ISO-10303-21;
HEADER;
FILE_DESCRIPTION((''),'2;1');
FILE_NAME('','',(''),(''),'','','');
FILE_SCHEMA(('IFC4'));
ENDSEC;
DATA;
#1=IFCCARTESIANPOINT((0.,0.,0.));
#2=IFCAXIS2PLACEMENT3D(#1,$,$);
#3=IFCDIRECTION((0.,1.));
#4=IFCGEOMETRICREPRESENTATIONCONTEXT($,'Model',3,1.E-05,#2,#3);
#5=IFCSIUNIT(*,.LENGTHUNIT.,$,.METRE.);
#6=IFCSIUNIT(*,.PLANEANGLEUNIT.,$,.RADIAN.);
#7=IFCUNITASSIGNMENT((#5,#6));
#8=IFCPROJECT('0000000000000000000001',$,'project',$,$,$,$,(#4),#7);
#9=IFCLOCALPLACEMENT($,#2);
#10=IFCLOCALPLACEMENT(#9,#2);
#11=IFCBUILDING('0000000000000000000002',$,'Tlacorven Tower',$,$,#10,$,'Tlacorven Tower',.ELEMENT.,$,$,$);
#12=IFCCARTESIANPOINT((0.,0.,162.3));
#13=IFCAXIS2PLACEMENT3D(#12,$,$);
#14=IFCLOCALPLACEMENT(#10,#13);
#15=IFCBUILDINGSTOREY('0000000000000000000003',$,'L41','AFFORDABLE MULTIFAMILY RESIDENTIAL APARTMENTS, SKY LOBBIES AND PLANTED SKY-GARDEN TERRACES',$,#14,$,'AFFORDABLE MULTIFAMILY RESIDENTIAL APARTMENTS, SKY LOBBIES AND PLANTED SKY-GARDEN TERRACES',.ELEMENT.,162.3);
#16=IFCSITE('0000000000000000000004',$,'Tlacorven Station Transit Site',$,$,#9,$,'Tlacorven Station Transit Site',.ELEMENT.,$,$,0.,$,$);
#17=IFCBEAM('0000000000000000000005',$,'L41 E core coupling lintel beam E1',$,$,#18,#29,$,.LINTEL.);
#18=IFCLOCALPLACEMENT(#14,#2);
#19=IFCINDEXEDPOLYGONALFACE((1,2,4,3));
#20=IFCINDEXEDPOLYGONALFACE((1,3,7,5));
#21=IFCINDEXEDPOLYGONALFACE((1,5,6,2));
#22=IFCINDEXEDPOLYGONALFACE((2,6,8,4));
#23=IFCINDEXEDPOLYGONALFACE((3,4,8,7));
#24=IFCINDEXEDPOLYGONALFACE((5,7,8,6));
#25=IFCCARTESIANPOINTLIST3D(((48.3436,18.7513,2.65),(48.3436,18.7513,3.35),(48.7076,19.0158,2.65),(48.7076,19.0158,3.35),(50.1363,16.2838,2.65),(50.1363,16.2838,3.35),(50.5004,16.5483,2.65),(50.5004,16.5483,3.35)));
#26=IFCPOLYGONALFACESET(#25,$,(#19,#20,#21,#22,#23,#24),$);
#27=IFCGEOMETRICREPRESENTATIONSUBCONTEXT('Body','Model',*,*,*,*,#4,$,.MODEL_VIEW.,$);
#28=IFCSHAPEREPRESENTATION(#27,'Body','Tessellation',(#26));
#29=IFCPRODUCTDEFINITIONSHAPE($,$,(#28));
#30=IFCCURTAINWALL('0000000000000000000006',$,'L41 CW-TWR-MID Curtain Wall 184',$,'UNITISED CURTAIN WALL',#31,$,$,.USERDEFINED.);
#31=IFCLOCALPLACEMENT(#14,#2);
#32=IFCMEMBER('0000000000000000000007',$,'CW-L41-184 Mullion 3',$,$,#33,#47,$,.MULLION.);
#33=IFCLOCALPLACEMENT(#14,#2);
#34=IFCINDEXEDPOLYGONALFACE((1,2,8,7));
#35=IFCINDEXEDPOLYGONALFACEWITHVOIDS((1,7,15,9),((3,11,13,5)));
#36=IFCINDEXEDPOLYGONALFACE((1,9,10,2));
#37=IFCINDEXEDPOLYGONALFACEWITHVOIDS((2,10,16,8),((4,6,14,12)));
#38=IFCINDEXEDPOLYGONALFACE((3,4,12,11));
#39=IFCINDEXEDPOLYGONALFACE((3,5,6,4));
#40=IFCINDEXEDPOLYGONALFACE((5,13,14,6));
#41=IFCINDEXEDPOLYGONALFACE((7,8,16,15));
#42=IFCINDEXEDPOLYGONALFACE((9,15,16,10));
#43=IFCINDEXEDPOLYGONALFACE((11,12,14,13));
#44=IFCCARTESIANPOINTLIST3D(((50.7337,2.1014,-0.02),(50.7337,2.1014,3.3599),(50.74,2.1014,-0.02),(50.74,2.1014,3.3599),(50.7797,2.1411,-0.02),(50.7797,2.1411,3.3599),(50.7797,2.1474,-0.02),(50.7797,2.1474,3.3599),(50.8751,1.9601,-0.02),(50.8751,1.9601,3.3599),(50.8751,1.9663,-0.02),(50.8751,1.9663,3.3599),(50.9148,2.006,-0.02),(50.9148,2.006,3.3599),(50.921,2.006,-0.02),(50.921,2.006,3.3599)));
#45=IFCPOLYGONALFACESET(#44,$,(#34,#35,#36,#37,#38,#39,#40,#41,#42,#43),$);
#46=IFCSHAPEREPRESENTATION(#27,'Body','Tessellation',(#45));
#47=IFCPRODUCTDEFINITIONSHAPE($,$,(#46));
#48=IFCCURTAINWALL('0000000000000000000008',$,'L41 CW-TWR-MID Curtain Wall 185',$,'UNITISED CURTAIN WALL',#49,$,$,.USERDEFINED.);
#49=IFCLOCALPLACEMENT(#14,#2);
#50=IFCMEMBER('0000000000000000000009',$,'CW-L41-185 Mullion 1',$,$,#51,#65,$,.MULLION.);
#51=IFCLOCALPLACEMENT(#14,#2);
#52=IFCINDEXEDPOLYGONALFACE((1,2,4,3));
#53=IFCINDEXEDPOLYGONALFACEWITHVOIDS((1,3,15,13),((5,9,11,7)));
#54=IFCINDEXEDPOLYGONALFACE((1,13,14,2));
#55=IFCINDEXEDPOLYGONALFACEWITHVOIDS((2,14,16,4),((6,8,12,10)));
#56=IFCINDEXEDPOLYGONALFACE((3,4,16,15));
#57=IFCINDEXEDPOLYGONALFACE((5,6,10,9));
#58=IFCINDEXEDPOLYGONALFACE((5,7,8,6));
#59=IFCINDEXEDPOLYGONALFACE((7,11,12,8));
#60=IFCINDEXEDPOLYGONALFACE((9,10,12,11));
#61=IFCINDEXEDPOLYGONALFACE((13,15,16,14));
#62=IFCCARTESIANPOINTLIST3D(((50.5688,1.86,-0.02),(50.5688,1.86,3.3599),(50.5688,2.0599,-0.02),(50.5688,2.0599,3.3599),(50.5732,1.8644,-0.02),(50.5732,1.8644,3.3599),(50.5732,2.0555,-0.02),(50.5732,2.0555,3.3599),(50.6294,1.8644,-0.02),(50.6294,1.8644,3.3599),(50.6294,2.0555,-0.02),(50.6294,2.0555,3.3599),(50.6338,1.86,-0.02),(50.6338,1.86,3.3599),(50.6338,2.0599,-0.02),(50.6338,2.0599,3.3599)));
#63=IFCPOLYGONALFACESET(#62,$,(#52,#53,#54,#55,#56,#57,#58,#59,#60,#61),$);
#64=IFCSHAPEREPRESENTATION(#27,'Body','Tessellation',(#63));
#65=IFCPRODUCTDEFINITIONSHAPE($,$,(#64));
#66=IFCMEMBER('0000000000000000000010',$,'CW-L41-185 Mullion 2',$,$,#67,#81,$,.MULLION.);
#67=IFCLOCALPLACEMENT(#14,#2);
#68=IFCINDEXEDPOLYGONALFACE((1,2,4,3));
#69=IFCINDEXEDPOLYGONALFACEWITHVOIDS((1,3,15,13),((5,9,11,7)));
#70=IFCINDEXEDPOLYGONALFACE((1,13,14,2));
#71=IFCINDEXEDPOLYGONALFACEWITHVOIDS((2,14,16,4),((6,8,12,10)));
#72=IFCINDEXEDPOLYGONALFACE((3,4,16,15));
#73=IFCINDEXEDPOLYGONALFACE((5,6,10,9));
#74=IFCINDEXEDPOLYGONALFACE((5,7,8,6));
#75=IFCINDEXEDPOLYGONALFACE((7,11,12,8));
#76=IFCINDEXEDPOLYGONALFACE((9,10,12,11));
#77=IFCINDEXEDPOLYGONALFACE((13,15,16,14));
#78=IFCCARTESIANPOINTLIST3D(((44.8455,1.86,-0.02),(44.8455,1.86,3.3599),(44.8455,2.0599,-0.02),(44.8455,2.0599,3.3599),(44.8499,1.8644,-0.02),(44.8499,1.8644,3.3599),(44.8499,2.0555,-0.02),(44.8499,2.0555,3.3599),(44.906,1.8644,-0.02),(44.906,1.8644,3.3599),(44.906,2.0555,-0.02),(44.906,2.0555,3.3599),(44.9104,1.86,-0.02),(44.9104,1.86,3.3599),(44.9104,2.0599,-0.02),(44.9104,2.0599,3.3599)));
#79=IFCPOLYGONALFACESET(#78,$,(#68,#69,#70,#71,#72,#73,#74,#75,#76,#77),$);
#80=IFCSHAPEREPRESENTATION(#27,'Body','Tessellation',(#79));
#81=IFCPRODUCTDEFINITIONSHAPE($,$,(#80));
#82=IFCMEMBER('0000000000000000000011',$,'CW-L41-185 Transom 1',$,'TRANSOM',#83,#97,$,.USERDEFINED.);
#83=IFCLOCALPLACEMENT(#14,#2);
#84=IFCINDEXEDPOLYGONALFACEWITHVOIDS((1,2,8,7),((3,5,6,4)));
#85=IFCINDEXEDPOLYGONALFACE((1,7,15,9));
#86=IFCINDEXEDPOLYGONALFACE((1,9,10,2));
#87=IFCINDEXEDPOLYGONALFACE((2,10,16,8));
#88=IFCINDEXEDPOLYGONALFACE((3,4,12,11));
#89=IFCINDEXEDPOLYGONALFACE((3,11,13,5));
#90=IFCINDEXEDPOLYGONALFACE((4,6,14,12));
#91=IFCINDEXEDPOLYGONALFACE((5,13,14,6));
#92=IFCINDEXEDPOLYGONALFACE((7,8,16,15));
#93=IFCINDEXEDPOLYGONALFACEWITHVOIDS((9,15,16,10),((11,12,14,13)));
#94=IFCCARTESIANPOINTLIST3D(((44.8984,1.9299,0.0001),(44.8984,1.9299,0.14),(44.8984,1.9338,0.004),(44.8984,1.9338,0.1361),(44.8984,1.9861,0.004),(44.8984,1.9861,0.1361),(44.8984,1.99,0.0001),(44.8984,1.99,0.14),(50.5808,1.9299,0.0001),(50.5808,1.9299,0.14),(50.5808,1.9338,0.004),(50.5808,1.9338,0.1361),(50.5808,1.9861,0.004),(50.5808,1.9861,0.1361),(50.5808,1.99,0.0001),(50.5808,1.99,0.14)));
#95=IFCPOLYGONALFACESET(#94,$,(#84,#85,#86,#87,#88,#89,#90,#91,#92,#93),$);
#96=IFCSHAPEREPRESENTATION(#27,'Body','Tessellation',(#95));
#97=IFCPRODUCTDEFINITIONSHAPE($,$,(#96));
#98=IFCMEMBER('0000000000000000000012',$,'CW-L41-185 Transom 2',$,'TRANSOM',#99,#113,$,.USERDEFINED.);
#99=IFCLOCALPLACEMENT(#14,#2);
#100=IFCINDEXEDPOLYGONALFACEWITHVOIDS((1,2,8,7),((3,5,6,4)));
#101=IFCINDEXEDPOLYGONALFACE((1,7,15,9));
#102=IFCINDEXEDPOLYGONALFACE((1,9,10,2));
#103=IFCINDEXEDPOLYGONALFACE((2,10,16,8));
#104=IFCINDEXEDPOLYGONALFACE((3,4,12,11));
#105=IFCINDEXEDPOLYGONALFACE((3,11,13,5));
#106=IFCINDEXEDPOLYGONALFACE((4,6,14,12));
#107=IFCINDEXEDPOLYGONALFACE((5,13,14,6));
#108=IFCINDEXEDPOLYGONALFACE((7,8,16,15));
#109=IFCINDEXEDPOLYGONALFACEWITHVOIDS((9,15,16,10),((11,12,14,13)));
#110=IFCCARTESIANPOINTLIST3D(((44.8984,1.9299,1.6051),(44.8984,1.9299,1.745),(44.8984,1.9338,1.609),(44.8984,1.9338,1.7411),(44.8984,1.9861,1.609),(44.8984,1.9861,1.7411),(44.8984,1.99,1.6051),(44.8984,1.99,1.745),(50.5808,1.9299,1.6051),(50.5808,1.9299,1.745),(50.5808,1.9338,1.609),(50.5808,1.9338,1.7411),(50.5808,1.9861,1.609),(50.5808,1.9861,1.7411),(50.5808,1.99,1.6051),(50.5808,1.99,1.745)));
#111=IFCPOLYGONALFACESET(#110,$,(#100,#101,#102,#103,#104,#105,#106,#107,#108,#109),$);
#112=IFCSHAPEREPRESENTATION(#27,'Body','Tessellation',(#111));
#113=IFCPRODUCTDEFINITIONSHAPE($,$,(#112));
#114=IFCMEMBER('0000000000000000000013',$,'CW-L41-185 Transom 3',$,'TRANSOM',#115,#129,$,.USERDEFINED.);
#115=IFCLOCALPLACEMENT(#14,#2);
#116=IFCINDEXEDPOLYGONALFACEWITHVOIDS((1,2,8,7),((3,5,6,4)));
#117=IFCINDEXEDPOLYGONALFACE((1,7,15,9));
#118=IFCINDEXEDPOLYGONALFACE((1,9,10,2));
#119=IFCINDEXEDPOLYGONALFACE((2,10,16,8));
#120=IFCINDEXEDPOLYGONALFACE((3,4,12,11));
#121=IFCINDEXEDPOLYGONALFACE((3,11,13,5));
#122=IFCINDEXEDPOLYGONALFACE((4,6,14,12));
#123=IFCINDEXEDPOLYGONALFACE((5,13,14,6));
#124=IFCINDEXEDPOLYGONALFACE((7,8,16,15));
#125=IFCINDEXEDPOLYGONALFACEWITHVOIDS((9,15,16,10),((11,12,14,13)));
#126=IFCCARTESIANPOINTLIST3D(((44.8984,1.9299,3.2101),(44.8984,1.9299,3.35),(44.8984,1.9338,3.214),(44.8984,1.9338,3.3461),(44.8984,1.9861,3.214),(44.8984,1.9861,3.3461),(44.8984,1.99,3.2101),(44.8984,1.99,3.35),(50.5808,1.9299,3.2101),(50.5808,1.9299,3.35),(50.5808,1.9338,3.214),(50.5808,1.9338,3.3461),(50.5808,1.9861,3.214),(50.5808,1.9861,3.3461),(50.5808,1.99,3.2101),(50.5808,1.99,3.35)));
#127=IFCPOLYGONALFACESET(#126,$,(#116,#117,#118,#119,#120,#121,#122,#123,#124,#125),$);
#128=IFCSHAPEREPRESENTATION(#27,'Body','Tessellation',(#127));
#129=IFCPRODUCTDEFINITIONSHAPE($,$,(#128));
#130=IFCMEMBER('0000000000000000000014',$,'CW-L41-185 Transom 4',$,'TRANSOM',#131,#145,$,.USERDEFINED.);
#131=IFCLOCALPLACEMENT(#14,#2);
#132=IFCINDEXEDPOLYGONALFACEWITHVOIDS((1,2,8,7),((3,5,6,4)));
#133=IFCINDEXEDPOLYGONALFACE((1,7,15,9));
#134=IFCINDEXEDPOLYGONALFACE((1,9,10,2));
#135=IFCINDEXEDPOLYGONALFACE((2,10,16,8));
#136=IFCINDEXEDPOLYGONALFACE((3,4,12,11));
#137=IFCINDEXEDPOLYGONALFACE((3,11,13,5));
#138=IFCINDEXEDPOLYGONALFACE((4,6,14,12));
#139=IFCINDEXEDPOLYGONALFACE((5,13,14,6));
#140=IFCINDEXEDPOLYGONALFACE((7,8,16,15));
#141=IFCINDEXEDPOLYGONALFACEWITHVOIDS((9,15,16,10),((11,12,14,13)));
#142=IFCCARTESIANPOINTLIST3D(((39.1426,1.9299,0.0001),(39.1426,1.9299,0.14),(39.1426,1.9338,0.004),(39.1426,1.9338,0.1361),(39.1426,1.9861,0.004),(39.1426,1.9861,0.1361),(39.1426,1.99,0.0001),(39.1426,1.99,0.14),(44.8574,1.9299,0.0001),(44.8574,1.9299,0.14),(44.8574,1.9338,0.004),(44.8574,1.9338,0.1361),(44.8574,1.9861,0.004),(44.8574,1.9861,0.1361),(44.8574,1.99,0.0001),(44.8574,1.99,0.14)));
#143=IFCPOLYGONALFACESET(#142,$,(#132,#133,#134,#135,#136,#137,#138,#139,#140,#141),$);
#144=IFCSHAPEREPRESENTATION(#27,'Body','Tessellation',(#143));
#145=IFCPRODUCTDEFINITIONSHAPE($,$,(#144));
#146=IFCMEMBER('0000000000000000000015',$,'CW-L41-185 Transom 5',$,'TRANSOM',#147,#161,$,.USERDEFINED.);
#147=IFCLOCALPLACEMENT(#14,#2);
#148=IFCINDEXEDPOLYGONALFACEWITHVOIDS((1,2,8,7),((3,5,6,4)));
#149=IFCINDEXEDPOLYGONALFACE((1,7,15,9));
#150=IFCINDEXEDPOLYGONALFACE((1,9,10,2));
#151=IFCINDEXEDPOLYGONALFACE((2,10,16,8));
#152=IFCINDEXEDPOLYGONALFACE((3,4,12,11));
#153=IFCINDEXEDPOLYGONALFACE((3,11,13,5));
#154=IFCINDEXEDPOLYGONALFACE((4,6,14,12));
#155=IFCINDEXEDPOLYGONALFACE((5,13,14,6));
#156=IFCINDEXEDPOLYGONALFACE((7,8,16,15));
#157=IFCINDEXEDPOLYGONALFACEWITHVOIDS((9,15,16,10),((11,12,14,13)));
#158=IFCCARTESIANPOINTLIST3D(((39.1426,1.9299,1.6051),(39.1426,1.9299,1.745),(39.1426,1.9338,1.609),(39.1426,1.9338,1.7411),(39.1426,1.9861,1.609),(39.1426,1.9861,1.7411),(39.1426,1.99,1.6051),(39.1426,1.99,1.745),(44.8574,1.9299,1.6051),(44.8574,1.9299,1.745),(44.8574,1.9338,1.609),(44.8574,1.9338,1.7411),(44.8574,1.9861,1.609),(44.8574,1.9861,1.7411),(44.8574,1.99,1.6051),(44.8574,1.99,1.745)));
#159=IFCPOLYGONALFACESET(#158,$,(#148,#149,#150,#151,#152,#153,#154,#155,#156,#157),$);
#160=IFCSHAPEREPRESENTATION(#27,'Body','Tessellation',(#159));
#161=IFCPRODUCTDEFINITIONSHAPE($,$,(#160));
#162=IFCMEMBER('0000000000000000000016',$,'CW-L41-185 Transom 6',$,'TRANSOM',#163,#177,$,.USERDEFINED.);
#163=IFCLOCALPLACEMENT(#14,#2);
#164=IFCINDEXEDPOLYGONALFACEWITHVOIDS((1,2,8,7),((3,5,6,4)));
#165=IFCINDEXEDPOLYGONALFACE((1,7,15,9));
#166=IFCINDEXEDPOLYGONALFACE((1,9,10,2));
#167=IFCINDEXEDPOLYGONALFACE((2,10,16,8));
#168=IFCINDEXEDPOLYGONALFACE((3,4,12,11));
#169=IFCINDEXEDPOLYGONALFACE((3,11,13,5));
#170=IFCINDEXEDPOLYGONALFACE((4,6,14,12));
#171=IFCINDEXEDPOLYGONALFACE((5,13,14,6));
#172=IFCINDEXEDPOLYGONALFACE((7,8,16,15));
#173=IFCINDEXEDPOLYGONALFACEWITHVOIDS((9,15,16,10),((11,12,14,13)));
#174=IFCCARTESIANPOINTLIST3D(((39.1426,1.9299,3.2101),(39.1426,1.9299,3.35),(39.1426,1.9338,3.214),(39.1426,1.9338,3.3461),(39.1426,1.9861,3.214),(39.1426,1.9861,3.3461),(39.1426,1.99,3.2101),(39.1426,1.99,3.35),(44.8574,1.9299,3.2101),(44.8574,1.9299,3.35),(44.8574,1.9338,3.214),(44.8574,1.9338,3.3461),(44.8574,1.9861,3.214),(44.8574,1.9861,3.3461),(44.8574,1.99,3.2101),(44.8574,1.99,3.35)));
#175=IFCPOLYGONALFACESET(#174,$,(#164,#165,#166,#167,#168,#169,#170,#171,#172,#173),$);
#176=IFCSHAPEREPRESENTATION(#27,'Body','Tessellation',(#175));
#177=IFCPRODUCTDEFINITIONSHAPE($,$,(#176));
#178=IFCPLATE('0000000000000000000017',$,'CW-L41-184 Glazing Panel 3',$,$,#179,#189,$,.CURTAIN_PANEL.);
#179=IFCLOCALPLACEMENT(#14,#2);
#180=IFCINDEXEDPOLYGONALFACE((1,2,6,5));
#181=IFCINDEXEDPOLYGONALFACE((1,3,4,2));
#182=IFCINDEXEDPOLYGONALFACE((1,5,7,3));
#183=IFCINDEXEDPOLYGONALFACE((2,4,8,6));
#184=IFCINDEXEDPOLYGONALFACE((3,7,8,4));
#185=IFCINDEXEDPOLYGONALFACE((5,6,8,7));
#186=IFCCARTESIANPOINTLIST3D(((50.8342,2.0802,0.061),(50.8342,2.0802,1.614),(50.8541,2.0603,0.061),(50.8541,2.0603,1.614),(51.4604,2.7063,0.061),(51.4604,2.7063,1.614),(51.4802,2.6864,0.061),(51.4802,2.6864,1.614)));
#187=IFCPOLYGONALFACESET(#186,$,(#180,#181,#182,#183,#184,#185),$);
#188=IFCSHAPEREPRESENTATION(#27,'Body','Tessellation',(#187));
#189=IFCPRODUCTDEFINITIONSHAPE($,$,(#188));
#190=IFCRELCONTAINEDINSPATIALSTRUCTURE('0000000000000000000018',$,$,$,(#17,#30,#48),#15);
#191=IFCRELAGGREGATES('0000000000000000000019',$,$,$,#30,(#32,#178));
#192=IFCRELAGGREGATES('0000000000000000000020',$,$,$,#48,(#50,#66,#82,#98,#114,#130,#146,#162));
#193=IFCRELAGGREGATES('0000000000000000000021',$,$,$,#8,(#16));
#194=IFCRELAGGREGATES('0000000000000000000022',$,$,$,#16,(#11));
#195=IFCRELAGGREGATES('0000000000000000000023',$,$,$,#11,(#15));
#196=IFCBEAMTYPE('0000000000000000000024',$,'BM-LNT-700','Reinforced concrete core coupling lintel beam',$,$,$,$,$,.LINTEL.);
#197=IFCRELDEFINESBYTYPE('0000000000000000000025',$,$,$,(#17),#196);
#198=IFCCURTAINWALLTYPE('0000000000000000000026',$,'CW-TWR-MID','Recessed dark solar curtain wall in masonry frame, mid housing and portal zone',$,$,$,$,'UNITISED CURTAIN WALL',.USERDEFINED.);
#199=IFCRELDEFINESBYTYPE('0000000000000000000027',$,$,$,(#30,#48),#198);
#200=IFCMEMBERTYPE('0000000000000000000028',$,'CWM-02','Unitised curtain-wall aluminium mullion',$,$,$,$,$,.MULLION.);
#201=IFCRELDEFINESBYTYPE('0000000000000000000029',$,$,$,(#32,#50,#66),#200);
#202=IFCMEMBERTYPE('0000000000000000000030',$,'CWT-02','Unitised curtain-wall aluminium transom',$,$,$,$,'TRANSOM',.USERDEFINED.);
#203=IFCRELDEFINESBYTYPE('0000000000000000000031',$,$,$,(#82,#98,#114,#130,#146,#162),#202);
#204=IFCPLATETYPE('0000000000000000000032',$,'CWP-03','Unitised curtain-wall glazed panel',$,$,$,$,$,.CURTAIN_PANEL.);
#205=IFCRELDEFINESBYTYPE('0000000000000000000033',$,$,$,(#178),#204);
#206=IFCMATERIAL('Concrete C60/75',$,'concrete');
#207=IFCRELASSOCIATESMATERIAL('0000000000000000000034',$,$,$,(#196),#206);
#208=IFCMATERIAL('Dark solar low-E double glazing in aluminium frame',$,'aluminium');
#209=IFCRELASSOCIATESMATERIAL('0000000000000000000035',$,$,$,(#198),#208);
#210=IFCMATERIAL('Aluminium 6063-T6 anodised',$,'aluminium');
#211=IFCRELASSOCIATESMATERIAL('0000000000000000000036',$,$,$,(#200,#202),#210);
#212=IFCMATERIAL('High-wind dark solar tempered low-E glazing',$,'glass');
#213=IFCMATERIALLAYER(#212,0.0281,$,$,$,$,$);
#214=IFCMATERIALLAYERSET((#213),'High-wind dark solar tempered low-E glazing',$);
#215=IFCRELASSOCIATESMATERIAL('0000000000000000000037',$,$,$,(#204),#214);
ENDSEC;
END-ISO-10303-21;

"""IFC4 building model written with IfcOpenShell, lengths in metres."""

from ifc_helpers import new_model, si_unit, direction, frame, origin, origin_2d, place, context, subcontext, project, spatial, rectangle, hollow_rectangle, extrude, source, transform, mapped, material, layer, layer_set, material_profile, profile_set, type_object, element, aggregate, save


model = new_model("IFC4")

# Units and contexts
model_context = context("Model", 3, precision=1e-05, world=origin(), true_north=direction((0.0, 1.0)))
body_context = subcontext(model_context, "Body", "Model", "MODEL_VIEW")
ifc_project = project(units=[si_unit("LENGTHUNIT", "METRE"), si_unit("PLANEANGLEUNIT", "RADIAN")], contexts=[model_context])

# Site, building, storey
site_placement = place(None, origin())
site = spatial("IfcSite", under=ifc_project, at=site_placement, Name="Tlacorven Station Transit Site", LongName="Tlacorven Station Transit Site", CompositionType="ELEMENT", RefElevation=0.0)
building_placement = place(site_placement, origin())
building = spatial("IfcBuilding", under=site, at=building_placement, Name="Tlacorven Tower", LongName="Tlacorven Tower", CompositionType="ELEMENT")
storey_placement = place(building_placement, frame((0.0, 0.0, 162.3)))
storey = spatial("IfcBuildingStorey", under=building, at=storey_placement, Name="L41", Description="AFFORDABLE MULTIFAMILY RESIDENTIAL APARTMENTS, SKY LOBBIES AND PLANTED SKY-GARDEN TERRACES", LongName="AFFORDABLE MULTIFAMILY RESIDENTIAL APARTMENTS, SKY LOBBIES AND PLANTED SKY-GARDEN TERRACES", CompositionType="ELEMENT", Elevation=162.3)

# Beam
ifc_material_1 = material(Name="Concrete C60/75", Category="concrete")
ifc_material_profile_1 = material_profile(ifc_material_1, rectangle(XDim=0.45, YDim=0.7, at=origin_2d()), Name="RC 450X700")
ifc_profile_set_1 = profile_set([ifc_material_profile_1], Name="Concrete C60/75")
beam_type = type_object("IfcBeamType", Name="BM-LNT-700", Description="Reinforced concrete core coupling lintel beam", PredefinedType="LINTEL", material=ifc_profile_set_1)
shared_shape_1 = source(origin(), body_context, "Body", "SweptSolid", [
    extrude(rectangle(XDim=0.45, YDim=0.7, at=origin_2d()), origin(), (0.0, 0.0, 1.0), 3.05),
])
beam_placement = place(storey_placement, frame((50.3184, 16.416, 3.0), z_axis=(-0.587777, 0.809023, 0.0), x_axis=(-0.809023, -0.587777, 0.0)))
element("IfcBeam", 1, at=beam_placement, inside=storey, type_object=beam_type, Name="L41 E core coupling lintel beam E1", PredefinedType="LINTEL", context=body_context, shape_type="MappedRepresentation", body=[
    mapped(shared_shape_1, transform((0.0, 0.0, 0.0), scale=1.0)),
])

# Curtain wall, member
ifc_material_2 = material(Name="Dark solar low-E double glazing in aluminium frame", Category="aluminium")
curtain_wall_type = type_object("IfcCurtainWallType", Name="CW-TWR-MID", Description="Recessed dark solar curtain wall in masonry frame, mid housing and portal zone", ElementType="UNITISED CURTAIN WALL", PredefinedType="USERDEFINED", material=ifc_material_2)
curtain_wall_1_placement = place(storey_placement, origin())
curtain_wall_1 = element("IfcCurtainWall", 2, at=curtain_wall_1_placement, inside=storey, type_object=curtain_wall_type, Name="L41 CW-TWR-MID Curtain Wall 184", ObjectType="UNITISED CURTAIN WALL", PredefinedType="USERDEFINED")
ifc_material_3 = material(Name="Aluminium 6063-T6 anodised", Category="aluminium")
ifc_material_profile_2 = material_profile(ifc_material_3, hollow_rectangle(XDim=0.0649, YDim=0.2, WallThickness=0.0044, at=origin_2d()), Name="ALU MULLION 65X200")
ifc_profile_set_2 = profile_set([ifc_material_profile_2], Name="Aluminium 6063-T6 anodised")
member_type_1 = type_object("IfcMemberType", Name="CWM-02", Description="Unitised curtain-wall aluminium mullion", PredefinedType="MULLION", material=ifc_profile_set_2)
shared_shape_2 = source(origin(), body_context, "Body", "SweptSolid", [
    extrude(hollow_rectangle(XDim=0.0649, YDim=0.2, WallThickness=0.0044, at=origin_2d()), origin(), (0.0, 0.0, 1.0), 3.3799),
])
member_1_placement = place(storey_placement, frame((50.8274, 2.0537, -0.02), z_axis=(0.0, 0.0, 1.0), x_axis=(-0.707107, -0.707107, 0.0)))
member_1 = element("IfcMember", 3, at=member_1_placement, type_object=member_type_1, Name="CW-L41-184 Mullion 3", PredefinedType="MULLION", context=body_context, shape_type="MappedRepresentation", body=[
    mapped(shared_shape_2, transform((0.0, 0.0, 0.0), scale=1.0)),
])

# Curtain wall, members
curtain_wall_2_placement = place(storey_placement, origin())
curtain_wall_2 = element("IfcCurtainWall", 4, at=curtain_wall_2_placement, inside=storey, type_object=curtain_wall_type, Name="L41 CW-TWR-MID Curtain Wall 185", ObjectType="UNITISED CURTAIN WALL", PredefinedType="USERDEFINED")
member_2_placement = place(storey_placement, frame((50.6013, 1.96, -0.02), z_axis=(0.0, 0.0, 1.0), x_axis=(-1.0, 0.0, 0.0)))
member_2 = element("IfcMember", 5, at=member_2_placement, type_object=member_type_1, Name="CW-L41-185 Mullion 1", PredefinedType="MULLION", context=body_context, shape_type="MappedRepresentation", body=[
    mapped(shared_shape_2, transform((0.0, 0.0, 0.0), scale=1.0)),
])
member_3_placement = place(storey_placement, frame((44.8779, 1.96, -0.02), z_axis=(0.0, 0.0, 1.0), x_axis=(-1.0, 0.0, 0.0)))
member_3 = element("IfcMember", 6, at=member_3_placement, type_object=member_type_1, Name="CW-L41-185 Mullion 2", PredefinedType="MULLION", context=body_context, shape_type="MappedRepresentation", body=[
    mapped(shared_shape_2, transform((0.0, 0.0, 0.0), scale=1.0)),
])
ifc_material_profile_3 = material_profile(ifc_material_3, hollow_rectangle(XDim=0.0601, YDim=0.1399, WallThickness=0.0039, at=origin_2d()), Name="ALU TRANSOM 60X140")
ifc_profile_set_3 = profile_set([ifc_material_profile_3], Name="Aluminium 6063-T6 anodised")
member_type_2 = type_object("IfcMemberType", Name="CWT-02", Description="Unitised curtain-wall aluminium transom", ElementType="TRANSOM", PredefinedType="USERDEFINED", material=ifc_profile_set_3)
shared_shape_3 = source(origin(), body_context, "Body", "SweptSolid", [
    extrude(hollow_rectangle(XDim=0.0601, YDim=0.1399, WallThickness=0.0039, at=origin_2d()), origin(), (0.0, 0.0, 1.0), 5.6824),
])
member_4_placement = place(storey_placement, frame((50.5808, 1.96, 0.0701), z_axis=(-1.0, 0.0, 0.0), x_axis=(0.0, -1.0, 0.0)))
member_4 = element("IfcMember", 7, at=member_4_placement, type_object=member_type_2, Name="CW-L41-185 Transom 1", ObjectType="TRANSOM", PredefinedType="USERDEFINED", context=body_context, shape_type="MappedRepresentation", body=[
    mapped(shared_shape_3, transform((0.0, 0.0, 0.0), scale=1.0)),
])
member_5_placement = place(storey_placement, frame((50.5808, 1.96, 1.675), z_axis=(-1.0, 0.0, 0.0), x_axis=(0.0, -1.0, 0.0)))
member_5 = element("IfcMember", 8, at=member_5_placement, type_object=member_type_2, Name="CW-L41-185 Transom 2", ObjectType="TRANSOM", PredefinedType="USERDEFINED", context=body_context, shape_type="MappedRepresentation", body=[
    mapped(shared_shape_3, transform((0.0, 0.0, 0.0), scale=1.0)),
])
member_6_placement = place(storey_placement, frame((50.5808, 1.96, 3.28), z_axis=(-1.0, 0.0, 0.0), x_axis=(0.0, -1.0, 0.0)))
member_6 = element("IfcMember", 9, at=member_6_placement, type_object=member_type_2, Name="CW-L41-185 Transom 3", ObjectType="TRANSOM", PredefinedType="USERDEFINED", context=body_context, shape_type="MappedRepresentation", body=[
    mapped(shared_shape_3, transform((0.0, 0.0, 0.0), scale=1.0)),
])
shared_shape_4 = source(origin(), body_context, "Body", "SweptSolid", [
    extrude(hollow_rectangle(XDim=0.0601, YDim=0.1399, WallThickness=0.0039, at=origin_2d()), origin(), (0.0, 0.0, 1.0), 5.7148),
])
member_7_placement = place(storey_placement, frame((44.8574, 1.96, 0.0701), z_axis=(-1.0, 0.0, 0.0), x_axis=(0.0, -1.0, 0.0)))
member_7 = element("IfcMember", 10, at=member_7_placement, type_object=member_type_2, Name="CW-L41-185 Transom 4", ObjectType="TRANSOM", PredefinedType="USERDEFINED", context=body_context, shape_type="MappedRepresentation", body=[
    mapped(shared_shape_4, transform((0.0, 0.0, 0.0), scale=1.0)),
])
member_8_placement = place(storey_placement, frame((44.8574, 1.96, 1.675), z_axis=(-1.0, 0.0, 0.0), x_axis=(0.0, -1.0, 0.0)))
member_8 = element("IfcMember", 11, at=member_8_placement, type_object=member_type_2, Name="CW-L41-185 Transom 5", ObjectType="TRANSOM", PredefinedType="USERDEFINED", context=body_context, shape_type="MappedRepresentation", body=[
    mapped(shared_shape_4, transform((0.0, 0.0, 0.0), scale=1.0)),
])
member_9_placement = place(storey_placement, frame((44.8574, 1.96, 3.28), z_axis=(-1.0, 0.0, 0.0), x_axis=(0.0, -1.0, 0.0)))
member_9 = element("IfcMember", 12, at=member_9_placement, type_object=member_type_2, Name="CW-L41-185 Transom 6", ObjectType="TRANSOM", PredefinedType="USERDEFINED", context=body_context, shape_type="MappedRepresentation", body=[
    mapped(shared_shape_4, transform((0.0, 0.0, 0.0), scale=1.0)),
])

# Plate
ifc_material_4 = material(Name="High-wind dark solar tempered low-E glazing", Category="glass")
ifc_layer_1 = layer(ifc_material_4, 0.0281)
ifc_layer_set_1 = layer_set([ifc_layer_1], Name="High-wind dark solar tempered low-E glazing")
plate_type = type_object("IfcPlateType", Name="CWP-03", Description="Unitised curtain-wall glazed panel", PredefinedType="CURTAIN_PANEL", material=ifc_layer_set_1)
shared_shape_5 = source(origin(), body_context, "Body", "SweptSolid", [
    extrude(rectangle(XDim=0.8855, YDim=0.0281, at=origin_2d()), origin(), (0.0, 0.0, 1.0), 1.553),
])
plate_1_placement = place(storey_placement, frame((51.1572, 2.3833, 0.061), z_axis=(0.0, 0.0, 1.0), x_axis=(-0.707107, -0.707107, 0.0)))
plate_1 = element("IfcPlate", 13, at=plate_1_placement, type_object=plate_type, Name="CW-L41-184 Glazing Panel 3", PredefinedType="CURTAIN_PANEL", context=body_context, shape_type="MappedRepresentation", body=[
    mapped(shared_shape_5, transform((0.0, 0.0, 0.0), scale=1.0)),
])
aggregate(curtain_wall_1, [member_1, plate_1])
aggregate(curtain_wall_2, [member_2, member_3, member_4, member_5, member_6, member_7, member_8, member_9])

save(model, "model.ifc")
